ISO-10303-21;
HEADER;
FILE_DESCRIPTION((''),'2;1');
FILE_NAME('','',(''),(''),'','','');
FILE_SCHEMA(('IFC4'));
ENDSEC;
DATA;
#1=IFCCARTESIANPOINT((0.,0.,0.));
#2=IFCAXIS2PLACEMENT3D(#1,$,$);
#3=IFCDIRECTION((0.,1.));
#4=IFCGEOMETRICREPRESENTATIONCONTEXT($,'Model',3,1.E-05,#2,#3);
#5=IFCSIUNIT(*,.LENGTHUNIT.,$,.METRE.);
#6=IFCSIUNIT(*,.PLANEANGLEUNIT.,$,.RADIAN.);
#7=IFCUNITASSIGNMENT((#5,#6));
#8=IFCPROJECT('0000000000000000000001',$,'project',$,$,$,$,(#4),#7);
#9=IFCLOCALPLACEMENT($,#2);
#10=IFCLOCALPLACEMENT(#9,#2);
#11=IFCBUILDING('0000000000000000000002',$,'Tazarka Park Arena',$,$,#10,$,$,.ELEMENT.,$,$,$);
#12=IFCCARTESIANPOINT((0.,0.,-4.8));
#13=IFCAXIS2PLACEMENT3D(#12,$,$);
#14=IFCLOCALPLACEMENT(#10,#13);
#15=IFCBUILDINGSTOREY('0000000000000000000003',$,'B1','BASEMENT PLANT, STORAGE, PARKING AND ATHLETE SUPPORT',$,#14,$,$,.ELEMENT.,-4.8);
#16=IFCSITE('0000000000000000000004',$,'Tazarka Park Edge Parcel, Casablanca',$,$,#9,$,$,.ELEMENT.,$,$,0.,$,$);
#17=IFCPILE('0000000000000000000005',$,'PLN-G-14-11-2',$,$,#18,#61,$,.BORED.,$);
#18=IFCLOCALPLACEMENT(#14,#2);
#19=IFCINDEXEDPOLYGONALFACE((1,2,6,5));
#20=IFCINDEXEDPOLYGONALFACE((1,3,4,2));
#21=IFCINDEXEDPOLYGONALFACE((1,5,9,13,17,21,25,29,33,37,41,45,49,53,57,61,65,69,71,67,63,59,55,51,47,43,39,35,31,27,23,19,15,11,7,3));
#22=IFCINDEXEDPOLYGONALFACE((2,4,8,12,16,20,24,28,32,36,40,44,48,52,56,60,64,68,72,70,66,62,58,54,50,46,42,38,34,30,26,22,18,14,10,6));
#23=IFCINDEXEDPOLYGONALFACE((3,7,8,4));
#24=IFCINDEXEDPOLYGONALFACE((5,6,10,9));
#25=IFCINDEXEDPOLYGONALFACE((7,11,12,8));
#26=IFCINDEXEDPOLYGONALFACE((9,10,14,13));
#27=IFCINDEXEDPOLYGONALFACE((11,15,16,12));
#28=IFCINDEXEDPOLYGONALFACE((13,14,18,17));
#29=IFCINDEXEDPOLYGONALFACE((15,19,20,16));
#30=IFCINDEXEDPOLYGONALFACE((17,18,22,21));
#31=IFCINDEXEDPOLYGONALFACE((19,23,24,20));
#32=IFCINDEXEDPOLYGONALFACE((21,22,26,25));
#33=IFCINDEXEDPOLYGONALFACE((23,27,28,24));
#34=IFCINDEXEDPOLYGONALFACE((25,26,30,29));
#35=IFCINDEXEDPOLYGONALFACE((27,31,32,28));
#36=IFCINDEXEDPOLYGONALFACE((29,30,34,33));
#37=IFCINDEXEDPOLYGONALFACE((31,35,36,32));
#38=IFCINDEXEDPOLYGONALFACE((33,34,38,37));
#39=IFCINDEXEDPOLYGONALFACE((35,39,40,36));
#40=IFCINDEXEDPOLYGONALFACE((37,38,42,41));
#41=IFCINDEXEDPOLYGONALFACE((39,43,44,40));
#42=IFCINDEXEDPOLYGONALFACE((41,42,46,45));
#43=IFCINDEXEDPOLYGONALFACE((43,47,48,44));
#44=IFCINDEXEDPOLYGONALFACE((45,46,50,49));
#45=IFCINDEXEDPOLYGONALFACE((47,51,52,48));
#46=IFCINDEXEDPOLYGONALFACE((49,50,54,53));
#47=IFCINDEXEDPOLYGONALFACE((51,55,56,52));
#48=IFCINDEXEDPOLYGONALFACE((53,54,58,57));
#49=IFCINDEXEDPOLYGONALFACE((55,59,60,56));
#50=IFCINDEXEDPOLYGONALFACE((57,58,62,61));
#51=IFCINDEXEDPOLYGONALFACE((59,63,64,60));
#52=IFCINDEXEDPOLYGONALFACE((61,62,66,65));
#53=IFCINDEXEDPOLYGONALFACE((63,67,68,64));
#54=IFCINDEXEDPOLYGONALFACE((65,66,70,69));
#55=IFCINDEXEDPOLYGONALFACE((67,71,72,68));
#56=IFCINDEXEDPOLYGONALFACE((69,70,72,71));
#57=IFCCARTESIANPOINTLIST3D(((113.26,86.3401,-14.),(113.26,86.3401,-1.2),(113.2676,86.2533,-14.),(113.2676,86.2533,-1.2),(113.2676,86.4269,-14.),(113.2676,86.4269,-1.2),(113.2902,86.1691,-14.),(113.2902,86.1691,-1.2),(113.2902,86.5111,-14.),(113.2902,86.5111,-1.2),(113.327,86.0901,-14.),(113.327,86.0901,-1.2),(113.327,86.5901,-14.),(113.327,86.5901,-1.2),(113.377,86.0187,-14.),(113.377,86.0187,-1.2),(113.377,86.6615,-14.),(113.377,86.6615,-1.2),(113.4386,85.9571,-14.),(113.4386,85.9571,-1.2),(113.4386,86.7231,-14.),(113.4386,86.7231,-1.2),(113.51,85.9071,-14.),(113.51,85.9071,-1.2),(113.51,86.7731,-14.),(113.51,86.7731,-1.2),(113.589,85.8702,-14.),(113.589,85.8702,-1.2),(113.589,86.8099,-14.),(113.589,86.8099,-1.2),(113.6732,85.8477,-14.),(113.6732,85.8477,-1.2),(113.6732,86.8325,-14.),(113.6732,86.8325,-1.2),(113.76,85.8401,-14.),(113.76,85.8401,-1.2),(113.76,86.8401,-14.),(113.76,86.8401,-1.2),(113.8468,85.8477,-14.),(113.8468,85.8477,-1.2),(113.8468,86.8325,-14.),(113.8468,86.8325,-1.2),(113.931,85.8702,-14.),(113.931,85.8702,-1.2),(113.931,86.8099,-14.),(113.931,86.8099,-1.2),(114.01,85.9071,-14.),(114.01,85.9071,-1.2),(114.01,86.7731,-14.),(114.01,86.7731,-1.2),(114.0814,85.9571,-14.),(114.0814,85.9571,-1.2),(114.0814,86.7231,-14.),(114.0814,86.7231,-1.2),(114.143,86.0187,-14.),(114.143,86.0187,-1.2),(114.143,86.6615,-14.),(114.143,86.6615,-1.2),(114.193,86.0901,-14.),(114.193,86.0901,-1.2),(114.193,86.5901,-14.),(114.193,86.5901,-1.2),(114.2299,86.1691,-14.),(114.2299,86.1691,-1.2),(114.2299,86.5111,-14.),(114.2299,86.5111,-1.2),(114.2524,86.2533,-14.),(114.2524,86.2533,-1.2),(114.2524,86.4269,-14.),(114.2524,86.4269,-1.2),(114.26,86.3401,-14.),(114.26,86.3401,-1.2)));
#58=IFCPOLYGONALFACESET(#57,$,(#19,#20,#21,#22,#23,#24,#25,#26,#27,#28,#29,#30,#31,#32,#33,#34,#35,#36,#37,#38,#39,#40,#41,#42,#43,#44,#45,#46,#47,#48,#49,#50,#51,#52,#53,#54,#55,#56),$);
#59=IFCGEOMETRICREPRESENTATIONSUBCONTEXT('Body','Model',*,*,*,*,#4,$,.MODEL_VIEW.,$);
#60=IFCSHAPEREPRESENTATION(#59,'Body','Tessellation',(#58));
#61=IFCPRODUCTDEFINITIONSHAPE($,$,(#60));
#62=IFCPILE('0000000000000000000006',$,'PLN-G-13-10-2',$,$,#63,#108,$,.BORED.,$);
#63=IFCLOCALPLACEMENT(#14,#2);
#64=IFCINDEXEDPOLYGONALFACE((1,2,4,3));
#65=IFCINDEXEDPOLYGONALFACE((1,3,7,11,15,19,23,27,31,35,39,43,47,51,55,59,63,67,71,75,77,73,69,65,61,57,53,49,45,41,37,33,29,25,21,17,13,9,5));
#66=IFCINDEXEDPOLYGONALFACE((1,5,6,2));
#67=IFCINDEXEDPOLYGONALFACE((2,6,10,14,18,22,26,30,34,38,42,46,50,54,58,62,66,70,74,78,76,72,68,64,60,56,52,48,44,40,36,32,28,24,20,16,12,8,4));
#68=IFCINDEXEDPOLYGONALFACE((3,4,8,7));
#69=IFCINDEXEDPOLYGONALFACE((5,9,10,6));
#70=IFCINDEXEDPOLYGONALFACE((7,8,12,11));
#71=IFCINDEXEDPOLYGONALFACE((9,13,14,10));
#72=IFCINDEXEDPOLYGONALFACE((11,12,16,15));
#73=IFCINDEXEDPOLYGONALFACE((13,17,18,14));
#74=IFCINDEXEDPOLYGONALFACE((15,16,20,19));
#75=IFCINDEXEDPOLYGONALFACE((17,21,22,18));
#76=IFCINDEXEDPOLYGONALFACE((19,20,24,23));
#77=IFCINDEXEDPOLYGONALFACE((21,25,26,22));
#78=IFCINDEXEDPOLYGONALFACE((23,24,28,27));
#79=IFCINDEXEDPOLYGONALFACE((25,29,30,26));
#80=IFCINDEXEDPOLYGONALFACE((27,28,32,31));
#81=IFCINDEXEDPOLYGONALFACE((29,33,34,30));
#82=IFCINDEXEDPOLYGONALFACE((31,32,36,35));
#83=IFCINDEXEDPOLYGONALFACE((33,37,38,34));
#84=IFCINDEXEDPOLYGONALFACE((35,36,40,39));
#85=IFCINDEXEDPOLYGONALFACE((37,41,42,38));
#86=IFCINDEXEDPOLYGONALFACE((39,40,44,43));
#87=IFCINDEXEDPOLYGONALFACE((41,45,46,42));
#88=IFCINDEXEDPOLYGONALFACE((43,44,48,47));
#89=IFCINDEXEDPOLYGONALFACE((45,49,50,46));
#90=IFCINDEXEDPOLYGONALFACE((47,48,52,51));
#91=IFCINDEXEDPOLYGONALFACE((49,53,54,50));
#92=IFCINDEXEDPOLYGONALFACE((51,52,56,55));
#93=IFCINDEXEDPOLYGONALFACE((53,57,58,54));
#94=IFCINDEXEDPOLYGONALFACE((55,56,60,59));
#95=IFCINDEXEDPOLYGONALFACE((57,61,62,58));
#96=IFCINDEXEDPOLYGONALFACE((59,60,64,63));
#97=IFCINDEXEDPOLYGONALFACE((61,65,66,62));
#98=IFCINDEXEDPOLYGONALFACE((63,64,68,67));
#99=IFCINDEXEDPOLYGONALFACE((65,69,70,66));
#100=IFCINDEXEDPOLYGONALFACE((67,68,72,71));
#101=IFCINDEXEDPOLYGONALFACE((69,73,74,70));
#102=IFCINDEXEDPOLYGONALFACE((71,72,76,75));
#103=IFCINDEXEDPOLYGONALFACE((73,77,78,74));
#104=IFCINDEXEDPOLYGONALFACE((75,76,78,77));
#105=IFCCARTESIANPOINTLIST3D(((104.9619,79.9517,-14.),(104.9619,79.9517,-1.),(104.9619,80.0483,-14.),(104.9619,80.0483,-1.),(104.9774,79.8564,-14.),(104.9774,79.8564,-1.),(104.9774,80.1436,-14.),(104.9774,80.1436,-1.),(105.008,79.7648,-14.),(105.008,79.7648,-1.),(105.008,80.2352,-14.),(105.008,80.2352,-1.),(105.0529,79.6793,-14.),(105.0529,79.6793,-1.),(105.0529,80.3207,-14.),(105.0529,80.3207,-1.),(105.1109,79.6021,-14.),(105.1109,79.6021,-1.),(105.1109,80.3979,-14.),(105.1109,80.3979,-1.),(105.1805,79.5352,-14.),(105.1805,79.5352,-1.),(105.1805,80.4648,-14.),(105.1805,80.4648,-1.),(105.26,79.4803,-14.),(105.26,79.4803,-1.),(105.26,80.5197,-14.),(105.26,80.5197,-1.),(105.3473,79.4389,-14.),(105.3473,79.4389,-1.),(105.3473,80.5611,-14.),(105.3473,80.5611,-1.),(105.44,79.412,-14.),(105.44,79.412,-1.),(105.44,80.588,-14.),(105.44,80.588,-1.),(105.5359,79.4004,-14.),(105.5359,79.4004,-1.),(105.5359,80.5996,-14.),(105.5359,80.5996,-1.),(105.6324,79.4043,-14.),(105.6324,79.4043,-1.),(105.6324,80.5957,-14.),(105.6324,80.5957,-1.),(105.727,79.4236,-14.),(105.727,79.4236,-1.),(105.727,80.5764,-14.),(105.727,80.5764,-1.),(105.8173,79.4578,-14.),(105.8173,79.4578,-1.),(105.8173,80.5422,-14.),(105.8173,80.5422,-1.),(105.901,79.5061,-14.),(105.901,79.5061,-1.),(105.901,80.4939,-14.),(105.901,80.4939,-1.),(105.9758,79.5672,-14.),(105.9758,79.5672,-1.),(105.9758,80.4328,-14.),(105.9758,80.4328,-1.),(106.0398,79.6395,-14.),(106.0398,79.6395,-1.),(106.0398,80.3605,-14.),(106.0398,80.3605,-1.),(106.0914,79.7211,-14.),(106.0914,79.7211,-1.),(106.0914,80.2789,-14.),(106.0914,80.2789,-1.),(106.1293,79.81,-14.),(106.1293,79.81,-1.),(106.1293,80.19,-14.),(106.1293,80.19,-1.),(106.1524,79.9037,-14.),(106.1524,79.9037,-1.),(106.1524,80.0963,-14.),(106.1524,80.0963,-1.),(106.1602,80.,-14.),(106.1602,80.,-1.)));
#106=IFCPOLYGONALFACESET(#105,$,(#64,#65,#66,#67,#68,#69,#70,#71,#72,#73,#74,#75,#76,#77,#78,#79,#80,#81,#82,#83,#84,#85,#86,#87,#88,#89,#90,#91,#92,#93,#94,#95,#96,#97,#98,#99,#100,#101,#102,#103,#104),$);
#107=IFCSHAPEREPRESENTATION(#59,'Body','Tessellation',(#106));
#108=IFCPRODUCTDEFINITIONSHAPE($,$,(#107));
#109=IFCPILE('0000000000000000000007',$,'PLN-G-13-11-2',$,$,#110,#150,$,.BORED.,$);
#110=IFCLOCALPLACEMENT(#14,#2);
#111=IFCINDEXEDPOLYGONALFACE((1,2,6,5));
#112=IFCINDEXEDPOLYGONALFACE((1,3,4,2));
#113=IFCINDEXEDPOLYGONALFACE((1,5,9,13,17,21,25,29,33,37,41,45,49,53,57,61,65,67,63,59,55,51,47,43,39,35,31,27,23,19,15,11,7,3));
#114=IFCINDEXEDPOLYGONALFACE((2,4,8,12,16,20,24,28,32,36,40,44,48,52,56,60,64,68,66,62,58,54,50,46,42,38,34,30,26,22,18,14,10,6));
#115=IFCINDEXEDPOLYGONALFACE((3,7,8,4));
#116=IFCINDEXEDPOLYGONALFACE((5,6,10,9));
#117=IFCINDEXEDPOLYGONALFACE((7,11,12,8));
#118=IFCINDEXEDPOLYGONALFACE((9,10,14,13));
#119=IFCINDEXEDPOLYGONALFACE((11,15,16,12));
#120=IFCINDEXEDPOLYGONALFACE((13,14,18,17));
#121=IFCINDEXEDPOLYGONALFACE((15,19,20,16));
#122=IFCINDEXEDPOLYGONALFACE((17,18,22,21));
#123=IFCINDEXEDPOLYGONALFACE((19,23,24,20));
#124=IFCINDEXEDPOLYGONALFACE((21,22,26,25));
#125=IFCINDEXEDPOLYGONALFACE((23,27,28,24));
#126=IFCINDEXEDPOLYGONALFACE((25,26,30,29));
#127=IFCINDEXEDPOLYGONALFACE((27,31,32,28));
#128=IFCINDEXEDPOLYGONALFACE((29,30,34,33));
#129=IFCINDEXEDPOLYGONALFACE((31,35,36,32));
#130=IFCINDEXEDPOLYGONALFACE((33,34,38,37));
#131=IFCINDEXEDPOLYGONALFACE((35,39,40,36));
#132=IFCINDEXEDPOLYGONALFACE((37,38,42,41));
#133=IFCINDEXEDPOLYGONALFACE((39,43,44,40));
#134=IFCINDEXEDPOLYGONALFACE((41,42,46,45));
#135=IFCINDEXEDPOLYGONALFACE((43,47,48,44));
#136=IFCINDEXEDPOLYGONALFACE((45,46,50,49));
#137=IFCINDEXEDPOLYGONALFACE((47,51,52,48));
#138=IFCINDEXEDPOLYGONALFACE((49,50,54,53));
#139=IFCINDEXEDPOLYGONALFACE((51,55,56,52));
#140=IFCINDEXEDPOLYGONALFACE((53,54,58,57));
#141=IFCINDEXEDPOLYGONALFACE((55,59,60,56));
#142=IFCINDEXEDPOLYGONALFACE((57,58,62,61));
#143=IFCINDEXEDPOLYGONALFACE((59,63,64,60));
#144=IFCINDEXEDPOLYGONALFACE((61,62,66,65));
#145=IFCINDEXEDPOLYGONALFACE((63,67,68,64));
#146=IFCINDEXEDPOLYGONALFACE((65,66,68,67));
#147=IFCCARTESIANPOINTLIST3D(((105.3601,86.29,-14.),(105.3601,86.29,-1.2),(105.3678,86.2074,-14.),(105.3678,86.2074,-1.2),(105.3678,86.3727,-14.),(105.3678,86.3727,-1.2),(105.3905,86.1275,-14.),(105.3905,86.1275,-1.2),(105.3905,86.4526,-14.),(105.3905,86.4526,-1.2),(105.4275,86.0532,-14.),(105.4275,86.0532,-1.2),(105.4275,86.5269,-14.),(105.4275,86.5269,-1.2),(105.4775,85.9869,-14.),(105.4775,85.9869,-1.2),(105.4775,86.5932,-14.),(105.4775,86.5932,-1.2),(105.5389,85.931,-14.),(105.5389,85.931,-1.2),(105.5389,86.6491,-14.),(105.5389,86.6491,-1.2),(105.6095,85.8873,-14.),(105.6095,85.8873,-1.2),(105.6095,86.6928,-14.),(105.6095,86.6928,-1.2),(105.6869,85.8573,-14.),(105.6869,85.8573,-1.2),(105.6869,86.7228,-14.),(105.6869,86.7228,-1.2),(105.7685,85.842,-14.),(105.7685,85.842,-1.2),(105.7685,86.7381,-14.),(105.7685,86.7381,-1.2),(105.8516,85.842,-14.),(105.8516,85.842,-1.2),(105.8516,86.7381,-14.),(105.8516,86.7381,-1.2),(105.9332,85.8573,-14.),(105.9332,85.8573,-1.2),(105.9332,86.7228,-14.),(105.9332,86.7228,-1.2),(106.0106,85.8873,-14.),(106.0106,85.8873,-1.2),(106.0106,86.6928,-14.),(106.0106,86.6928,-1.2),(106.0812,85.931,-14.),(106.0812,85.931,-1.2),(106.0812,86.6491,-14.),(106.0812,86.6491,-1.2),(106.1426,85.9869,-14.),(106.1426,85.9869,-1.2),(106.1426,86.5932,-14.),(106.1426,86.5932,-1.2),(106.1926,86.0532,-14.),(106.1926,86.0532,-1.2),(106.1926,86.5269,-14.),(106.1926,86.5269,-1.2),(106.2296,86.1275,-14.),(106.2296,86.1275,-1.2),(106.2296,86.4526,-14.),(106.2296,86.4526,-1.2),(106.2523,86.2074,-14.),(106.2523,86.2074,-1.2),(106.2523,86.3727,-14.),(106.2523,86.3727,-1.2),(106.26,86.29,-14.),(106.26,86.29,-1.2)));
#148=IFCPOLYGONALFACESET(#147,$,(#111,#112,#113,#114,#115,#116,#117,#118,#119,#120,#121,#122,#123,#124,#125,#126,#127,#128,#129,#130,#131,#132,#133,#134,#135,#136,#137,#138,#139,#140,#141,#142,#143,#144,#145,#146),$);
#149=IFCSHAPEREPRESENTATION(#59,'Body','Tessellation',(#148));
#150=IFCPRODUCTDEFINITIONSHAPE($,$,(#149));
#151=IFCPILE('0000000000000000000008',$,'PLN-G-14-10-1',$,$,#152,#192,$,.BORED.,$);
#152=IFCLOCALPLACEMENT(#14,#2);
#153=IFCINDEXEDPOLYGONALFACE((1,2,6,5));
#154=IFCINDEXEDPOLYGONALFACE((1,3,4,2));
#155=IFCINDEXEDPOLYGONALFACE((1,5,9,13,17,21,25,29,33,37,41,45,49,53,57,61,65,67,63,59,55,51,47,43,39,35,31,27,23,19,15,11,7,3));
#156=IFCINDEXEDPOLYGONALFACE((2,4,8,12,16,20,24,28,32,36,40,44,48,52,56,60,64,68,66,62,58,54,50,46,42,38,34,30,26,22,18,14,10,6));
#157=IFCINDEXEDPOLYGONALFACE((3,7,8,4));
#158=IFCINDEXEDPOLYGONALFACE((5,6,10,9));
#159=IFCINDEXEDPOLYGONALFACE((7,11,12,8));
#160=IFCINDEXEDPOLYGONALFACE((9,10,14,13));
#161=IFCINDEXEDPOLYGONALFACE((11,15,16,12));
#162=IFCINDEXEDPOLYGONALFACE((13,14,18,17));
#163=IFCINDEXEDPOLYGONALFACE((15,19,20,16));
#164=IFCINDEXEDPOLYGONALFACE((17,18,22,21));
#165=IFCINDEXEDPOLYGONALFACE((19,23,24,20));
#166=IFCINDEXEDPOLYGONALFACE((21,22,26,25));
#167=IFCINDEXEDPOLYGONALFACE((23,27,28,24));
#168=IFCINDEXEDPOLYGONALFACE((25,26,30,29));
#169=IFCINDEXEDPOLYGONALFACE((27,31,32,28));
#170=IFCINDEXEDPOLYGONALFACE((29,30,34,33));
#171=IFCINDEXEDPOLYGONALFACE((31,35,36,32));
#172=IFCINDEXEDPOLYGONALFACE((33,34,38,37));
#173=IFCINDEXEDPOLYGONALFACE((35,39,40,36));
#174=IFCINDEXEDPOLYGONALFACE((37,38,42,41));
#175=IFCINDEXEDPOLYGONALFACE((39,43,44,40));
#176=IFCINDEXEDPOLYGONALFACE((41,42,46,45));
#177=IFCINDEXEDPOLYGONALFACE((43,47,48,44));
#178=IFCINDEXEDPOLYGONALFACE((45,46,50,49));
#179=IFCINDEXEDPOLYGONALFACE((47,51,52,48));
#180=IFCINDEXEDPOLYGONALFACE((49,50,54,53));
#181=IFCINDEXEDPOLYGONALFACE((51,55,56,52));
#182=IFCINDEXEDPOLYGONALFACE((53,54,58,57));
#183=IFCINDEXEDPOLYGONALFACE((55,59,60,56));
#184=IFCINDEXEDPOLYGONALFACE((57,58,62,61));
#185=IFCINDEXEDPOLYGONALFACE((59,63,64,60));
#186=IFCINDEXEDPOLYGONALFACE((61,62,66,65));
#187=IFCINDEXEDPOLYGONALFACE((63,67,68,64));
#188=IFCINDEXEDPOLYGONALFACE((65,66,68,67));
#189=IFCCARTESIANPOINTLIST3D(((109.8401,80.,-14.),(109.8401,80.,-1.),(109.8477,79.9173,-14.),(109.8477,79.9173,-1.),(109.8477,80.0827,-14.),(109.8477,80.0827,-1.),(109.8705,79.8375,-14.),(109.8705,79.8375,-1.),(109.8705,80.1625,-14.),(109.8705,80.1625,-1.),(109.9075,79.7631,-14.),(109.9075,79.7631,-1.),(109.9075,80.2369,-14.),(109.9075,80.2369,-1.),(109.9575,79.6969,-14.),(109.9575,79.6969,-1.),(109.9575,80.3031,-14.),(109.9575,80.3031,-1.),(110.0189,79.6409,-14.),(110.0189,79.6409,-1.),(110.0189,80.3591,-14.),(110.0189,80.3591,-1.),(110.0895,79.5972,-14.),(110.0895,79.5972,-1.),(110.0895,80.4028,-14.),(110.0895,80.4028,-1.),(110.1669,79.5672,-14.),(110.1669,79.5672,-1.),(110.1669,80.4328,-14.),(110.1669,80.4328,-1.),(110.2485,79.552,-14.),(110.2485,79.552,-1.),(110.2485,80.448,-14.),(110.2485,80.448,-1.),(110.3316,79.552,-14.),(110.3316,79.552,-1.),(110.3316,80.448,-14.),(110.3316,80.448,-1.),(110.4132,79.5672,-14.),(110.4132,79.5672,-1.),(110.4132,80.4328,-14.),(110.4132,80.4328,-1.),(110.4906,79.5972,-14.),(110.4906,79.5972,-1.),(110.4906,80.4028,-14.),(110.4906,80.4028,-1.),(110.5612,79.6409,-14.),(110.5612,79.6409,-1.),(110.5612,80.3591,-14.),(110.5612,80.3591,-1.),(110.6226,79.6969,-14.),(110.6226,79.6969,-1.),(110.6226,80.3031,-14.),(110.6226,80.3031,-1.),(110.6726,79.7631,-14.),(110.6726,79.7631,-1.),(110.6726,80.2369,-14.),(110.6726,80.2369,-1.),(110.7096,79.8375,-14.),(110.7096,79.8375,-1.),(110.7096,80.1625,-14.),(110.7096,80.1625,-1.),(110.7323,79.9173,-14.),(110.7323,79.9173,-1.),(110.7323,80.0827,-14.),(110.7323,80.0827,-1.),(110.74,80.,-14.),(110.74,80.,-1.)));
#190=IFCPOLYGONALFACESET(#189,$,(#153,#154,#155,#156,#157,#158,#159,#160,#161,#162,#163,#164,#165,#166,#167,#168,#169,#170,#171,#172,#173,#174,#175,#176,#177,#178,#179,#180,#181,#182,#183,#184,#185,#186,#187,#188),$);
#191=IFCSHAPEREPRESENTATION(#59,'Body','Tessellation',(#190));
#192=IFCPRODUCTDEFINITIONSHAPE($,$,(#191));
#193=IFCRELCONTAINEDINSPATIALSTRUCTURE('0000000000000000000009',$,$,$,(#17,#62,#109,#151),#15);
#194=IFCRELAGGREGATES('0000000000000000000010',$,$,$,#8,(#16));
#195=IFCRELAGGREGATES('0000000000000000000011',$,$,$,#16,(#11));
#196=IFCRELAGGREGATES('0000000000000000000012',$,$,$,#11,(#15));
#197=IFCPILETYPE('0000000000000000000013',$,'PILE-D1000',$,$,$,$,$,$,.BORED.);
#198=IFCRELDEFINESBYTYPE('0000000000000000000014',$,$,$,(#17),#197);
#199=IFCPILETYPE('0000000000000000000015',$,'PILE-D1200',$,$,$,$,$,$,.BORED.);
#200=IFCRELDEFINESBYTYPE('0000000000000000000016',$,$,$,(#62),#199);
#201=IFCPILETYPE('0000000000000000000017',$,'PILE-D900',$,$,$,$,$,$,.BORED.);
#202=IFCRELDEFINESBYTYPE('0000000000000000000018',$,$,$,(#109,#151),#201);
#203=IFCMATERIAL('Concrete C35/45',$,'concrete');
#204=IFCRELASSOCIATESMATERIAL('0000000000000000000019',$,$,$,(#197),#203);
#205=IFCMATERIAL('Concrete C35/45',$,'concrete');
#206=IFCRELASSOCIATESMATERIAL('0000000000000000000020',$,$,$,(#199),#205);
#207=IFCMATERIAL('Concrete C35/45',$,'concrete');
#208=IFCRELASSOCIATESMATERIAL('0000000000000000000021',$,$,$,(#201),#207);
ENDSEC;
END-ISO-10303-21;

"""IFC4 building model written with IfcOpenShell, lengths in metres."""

from ifc_helpers import new_model, si_unit, direction, frame, origin, origin_2d, place, context, subcontext, project, spatial, circle, extrude, material, material_profile, profile_set, type_object, element, save


model = new_model("IFC4")

# Units and contexts
model_context = context("Model", 3, precision=1e-05, world=origin(), true_north=direction((0.0, 1.0)))
body_context = subcontext(model_context, "Body", "Model", "MODEL_VIEW")
ifc_project = project(units=[si_unit("LENGTHUNIT", "METRE"), si_unit("PLANEANGLEUNIT", "RADIAN")], contexts=[model_context])

# Site, building, storey
site_placement = place(None, origin())
site = spatial("IfcSite", under=ifc_project, at=site_placement, Name="Tazarka Park Edge Parcel, Casablanca", CompositionType="ELEMENT", RefElevation=0.0)
building_placement = place(site_placement, origin())
building = spatial("IfcBuilding", under=site, at=building_placement, Name="Tazarka Park Arena", CompositionType="ELEMENT")
storey_placement = place(building_placement, frame((0.0, 0.0, -4.8)))
storey = spatial("IfcBuildingStorey", under=building, at=storey_placement, Name="B1", Description="BASEMENT PLANT, STORAGE, PARKING AND ATHLETE SUPPORT", CompositionType="ELEMENT", Elevation=-4.8)

# Piles
ifc_material_1 = material(Name="Concrete C35/45", Category="concrete")
ifc_material_profile_1 = material_profile(ifc_material_1, circle(Radius=0.5, at=origin_2d()), Name="Concrete C35/45")
ifc_profile_set_1 = profile_set([ifc_material_profile_1], Name="Concrete C35/45")
pile_type_1 = type_object("IfcPileType", Name="PILE-D1000", PredefinedType="BORED", material=ifc_profile_set_1)
for number, where, z_axis, x_axis, name in (
    (1, (113.76, 86.3401, -1.2), (0.0, 0.0, -1.0), (1.0, 0.0, 0.0), "PLN-G-14-11-2"),
):
    element("IfcPile", number, at=place(storey_placement, frame(where, z_axis=z_axis, x_axis=x_axis)), inside=storey, type_object=pile_type_1, Name=name, PredefinedType="BORED", context=body_context, shape_type="SweptSolid", body=[
        extrude(circle(Radius=0.5, at=origin_2d()), origin(), (0.0, 0.0, 1.0), 12.8),
    ])
ifc_material_2 = material(Name="Concrete C35/45", Category="concrete")
ifc_material_profile_2 = material_profile(ifc_material_2, circle(Radius=0.6001, at=origin_2d()), Name="Concrete C35/45")
ifc_profile_set_2 = profile_set([ifc_material_profile_2], Name="Concrete C35/45")
pile_type_2 = type_object("IfcPileType", Name="PILE-D1200", PredefinedType="BORED", material=ifc_profile_set_2)
pile_1_placement = place(storey_placement, frame((105.5601, 80.0, -1.0), z_axis=(0.0, 0.0, -1.0), x_axis=(1.0, 0.0, 0.0)))
element("IfcPile", 2, at=pile_1_placement, inside=storey, type_object=pile_type_2, Name="PLN-G-13-10-2", PredefinedType="BORED", context=body_context, shape_type="SweptSolid", body=[
    extrude(circle(Radius=0.6001, at=origin_2d()), origin(), (0.0, 0.0, 1.0), 13.0),
])
ifc_material_3 = material(Name="Concrete C35/45", Category="concrete")
ifc_material_profile_3 = material_profile(ifc_material_3, circle(Radius=0.45, at=origin_2d()), Name="Concrete C35/45")
ifc_profile_set_3 = profile_set([ifc_material_profile_3], Name="Concrete C35/45")
pile_type_3 = type_object("IfcPileType", Name="PILE-D900", PredefinedType="BORED", material=ifc_profile_set_3)
pile_2_placement = place(storey_placement, frame((105.8101, 86.29, -1.2), z_axis=(0.0, 0.0, -1.0), x_axis=(1.0, 0.0, 0.0)))
element("IfcPile", 3, at=pile_2_placement, inside=storey, type_object=pile_type_3, Name="PLN-G-13-11-2", PredefinedType="BORED", context=body_context, shape_type="SweptSolid", body=[
    extrude(circle(Radius=0.45, at=origin_2d()), origin(), (0.0, 0.0, 1.0), 12.8),
])
for number, where, z_axis, x_axis, name in (
    (4, (110.29, 80.0, -1.0), (0.0, 0.0, -1.0), (1.0, 0.0, 0.0), "PLN-G-14-10-1"),
):
    element("IfcPile", number, at=place(storey_placement, frame(where, z_axis=z_axis, x_axis=x_axis)), inside=storey, type_object=pile_type_3, Name=name, PredefinedType="BORED", context=body_context, shape_type="SweptSolid", body=[
        extrude(circle(Radius=0.45, at=origin_2d()), origin(), (0.0, 0.0, 1.0), 13.0),
    ])

save(model, "model.ifc")
